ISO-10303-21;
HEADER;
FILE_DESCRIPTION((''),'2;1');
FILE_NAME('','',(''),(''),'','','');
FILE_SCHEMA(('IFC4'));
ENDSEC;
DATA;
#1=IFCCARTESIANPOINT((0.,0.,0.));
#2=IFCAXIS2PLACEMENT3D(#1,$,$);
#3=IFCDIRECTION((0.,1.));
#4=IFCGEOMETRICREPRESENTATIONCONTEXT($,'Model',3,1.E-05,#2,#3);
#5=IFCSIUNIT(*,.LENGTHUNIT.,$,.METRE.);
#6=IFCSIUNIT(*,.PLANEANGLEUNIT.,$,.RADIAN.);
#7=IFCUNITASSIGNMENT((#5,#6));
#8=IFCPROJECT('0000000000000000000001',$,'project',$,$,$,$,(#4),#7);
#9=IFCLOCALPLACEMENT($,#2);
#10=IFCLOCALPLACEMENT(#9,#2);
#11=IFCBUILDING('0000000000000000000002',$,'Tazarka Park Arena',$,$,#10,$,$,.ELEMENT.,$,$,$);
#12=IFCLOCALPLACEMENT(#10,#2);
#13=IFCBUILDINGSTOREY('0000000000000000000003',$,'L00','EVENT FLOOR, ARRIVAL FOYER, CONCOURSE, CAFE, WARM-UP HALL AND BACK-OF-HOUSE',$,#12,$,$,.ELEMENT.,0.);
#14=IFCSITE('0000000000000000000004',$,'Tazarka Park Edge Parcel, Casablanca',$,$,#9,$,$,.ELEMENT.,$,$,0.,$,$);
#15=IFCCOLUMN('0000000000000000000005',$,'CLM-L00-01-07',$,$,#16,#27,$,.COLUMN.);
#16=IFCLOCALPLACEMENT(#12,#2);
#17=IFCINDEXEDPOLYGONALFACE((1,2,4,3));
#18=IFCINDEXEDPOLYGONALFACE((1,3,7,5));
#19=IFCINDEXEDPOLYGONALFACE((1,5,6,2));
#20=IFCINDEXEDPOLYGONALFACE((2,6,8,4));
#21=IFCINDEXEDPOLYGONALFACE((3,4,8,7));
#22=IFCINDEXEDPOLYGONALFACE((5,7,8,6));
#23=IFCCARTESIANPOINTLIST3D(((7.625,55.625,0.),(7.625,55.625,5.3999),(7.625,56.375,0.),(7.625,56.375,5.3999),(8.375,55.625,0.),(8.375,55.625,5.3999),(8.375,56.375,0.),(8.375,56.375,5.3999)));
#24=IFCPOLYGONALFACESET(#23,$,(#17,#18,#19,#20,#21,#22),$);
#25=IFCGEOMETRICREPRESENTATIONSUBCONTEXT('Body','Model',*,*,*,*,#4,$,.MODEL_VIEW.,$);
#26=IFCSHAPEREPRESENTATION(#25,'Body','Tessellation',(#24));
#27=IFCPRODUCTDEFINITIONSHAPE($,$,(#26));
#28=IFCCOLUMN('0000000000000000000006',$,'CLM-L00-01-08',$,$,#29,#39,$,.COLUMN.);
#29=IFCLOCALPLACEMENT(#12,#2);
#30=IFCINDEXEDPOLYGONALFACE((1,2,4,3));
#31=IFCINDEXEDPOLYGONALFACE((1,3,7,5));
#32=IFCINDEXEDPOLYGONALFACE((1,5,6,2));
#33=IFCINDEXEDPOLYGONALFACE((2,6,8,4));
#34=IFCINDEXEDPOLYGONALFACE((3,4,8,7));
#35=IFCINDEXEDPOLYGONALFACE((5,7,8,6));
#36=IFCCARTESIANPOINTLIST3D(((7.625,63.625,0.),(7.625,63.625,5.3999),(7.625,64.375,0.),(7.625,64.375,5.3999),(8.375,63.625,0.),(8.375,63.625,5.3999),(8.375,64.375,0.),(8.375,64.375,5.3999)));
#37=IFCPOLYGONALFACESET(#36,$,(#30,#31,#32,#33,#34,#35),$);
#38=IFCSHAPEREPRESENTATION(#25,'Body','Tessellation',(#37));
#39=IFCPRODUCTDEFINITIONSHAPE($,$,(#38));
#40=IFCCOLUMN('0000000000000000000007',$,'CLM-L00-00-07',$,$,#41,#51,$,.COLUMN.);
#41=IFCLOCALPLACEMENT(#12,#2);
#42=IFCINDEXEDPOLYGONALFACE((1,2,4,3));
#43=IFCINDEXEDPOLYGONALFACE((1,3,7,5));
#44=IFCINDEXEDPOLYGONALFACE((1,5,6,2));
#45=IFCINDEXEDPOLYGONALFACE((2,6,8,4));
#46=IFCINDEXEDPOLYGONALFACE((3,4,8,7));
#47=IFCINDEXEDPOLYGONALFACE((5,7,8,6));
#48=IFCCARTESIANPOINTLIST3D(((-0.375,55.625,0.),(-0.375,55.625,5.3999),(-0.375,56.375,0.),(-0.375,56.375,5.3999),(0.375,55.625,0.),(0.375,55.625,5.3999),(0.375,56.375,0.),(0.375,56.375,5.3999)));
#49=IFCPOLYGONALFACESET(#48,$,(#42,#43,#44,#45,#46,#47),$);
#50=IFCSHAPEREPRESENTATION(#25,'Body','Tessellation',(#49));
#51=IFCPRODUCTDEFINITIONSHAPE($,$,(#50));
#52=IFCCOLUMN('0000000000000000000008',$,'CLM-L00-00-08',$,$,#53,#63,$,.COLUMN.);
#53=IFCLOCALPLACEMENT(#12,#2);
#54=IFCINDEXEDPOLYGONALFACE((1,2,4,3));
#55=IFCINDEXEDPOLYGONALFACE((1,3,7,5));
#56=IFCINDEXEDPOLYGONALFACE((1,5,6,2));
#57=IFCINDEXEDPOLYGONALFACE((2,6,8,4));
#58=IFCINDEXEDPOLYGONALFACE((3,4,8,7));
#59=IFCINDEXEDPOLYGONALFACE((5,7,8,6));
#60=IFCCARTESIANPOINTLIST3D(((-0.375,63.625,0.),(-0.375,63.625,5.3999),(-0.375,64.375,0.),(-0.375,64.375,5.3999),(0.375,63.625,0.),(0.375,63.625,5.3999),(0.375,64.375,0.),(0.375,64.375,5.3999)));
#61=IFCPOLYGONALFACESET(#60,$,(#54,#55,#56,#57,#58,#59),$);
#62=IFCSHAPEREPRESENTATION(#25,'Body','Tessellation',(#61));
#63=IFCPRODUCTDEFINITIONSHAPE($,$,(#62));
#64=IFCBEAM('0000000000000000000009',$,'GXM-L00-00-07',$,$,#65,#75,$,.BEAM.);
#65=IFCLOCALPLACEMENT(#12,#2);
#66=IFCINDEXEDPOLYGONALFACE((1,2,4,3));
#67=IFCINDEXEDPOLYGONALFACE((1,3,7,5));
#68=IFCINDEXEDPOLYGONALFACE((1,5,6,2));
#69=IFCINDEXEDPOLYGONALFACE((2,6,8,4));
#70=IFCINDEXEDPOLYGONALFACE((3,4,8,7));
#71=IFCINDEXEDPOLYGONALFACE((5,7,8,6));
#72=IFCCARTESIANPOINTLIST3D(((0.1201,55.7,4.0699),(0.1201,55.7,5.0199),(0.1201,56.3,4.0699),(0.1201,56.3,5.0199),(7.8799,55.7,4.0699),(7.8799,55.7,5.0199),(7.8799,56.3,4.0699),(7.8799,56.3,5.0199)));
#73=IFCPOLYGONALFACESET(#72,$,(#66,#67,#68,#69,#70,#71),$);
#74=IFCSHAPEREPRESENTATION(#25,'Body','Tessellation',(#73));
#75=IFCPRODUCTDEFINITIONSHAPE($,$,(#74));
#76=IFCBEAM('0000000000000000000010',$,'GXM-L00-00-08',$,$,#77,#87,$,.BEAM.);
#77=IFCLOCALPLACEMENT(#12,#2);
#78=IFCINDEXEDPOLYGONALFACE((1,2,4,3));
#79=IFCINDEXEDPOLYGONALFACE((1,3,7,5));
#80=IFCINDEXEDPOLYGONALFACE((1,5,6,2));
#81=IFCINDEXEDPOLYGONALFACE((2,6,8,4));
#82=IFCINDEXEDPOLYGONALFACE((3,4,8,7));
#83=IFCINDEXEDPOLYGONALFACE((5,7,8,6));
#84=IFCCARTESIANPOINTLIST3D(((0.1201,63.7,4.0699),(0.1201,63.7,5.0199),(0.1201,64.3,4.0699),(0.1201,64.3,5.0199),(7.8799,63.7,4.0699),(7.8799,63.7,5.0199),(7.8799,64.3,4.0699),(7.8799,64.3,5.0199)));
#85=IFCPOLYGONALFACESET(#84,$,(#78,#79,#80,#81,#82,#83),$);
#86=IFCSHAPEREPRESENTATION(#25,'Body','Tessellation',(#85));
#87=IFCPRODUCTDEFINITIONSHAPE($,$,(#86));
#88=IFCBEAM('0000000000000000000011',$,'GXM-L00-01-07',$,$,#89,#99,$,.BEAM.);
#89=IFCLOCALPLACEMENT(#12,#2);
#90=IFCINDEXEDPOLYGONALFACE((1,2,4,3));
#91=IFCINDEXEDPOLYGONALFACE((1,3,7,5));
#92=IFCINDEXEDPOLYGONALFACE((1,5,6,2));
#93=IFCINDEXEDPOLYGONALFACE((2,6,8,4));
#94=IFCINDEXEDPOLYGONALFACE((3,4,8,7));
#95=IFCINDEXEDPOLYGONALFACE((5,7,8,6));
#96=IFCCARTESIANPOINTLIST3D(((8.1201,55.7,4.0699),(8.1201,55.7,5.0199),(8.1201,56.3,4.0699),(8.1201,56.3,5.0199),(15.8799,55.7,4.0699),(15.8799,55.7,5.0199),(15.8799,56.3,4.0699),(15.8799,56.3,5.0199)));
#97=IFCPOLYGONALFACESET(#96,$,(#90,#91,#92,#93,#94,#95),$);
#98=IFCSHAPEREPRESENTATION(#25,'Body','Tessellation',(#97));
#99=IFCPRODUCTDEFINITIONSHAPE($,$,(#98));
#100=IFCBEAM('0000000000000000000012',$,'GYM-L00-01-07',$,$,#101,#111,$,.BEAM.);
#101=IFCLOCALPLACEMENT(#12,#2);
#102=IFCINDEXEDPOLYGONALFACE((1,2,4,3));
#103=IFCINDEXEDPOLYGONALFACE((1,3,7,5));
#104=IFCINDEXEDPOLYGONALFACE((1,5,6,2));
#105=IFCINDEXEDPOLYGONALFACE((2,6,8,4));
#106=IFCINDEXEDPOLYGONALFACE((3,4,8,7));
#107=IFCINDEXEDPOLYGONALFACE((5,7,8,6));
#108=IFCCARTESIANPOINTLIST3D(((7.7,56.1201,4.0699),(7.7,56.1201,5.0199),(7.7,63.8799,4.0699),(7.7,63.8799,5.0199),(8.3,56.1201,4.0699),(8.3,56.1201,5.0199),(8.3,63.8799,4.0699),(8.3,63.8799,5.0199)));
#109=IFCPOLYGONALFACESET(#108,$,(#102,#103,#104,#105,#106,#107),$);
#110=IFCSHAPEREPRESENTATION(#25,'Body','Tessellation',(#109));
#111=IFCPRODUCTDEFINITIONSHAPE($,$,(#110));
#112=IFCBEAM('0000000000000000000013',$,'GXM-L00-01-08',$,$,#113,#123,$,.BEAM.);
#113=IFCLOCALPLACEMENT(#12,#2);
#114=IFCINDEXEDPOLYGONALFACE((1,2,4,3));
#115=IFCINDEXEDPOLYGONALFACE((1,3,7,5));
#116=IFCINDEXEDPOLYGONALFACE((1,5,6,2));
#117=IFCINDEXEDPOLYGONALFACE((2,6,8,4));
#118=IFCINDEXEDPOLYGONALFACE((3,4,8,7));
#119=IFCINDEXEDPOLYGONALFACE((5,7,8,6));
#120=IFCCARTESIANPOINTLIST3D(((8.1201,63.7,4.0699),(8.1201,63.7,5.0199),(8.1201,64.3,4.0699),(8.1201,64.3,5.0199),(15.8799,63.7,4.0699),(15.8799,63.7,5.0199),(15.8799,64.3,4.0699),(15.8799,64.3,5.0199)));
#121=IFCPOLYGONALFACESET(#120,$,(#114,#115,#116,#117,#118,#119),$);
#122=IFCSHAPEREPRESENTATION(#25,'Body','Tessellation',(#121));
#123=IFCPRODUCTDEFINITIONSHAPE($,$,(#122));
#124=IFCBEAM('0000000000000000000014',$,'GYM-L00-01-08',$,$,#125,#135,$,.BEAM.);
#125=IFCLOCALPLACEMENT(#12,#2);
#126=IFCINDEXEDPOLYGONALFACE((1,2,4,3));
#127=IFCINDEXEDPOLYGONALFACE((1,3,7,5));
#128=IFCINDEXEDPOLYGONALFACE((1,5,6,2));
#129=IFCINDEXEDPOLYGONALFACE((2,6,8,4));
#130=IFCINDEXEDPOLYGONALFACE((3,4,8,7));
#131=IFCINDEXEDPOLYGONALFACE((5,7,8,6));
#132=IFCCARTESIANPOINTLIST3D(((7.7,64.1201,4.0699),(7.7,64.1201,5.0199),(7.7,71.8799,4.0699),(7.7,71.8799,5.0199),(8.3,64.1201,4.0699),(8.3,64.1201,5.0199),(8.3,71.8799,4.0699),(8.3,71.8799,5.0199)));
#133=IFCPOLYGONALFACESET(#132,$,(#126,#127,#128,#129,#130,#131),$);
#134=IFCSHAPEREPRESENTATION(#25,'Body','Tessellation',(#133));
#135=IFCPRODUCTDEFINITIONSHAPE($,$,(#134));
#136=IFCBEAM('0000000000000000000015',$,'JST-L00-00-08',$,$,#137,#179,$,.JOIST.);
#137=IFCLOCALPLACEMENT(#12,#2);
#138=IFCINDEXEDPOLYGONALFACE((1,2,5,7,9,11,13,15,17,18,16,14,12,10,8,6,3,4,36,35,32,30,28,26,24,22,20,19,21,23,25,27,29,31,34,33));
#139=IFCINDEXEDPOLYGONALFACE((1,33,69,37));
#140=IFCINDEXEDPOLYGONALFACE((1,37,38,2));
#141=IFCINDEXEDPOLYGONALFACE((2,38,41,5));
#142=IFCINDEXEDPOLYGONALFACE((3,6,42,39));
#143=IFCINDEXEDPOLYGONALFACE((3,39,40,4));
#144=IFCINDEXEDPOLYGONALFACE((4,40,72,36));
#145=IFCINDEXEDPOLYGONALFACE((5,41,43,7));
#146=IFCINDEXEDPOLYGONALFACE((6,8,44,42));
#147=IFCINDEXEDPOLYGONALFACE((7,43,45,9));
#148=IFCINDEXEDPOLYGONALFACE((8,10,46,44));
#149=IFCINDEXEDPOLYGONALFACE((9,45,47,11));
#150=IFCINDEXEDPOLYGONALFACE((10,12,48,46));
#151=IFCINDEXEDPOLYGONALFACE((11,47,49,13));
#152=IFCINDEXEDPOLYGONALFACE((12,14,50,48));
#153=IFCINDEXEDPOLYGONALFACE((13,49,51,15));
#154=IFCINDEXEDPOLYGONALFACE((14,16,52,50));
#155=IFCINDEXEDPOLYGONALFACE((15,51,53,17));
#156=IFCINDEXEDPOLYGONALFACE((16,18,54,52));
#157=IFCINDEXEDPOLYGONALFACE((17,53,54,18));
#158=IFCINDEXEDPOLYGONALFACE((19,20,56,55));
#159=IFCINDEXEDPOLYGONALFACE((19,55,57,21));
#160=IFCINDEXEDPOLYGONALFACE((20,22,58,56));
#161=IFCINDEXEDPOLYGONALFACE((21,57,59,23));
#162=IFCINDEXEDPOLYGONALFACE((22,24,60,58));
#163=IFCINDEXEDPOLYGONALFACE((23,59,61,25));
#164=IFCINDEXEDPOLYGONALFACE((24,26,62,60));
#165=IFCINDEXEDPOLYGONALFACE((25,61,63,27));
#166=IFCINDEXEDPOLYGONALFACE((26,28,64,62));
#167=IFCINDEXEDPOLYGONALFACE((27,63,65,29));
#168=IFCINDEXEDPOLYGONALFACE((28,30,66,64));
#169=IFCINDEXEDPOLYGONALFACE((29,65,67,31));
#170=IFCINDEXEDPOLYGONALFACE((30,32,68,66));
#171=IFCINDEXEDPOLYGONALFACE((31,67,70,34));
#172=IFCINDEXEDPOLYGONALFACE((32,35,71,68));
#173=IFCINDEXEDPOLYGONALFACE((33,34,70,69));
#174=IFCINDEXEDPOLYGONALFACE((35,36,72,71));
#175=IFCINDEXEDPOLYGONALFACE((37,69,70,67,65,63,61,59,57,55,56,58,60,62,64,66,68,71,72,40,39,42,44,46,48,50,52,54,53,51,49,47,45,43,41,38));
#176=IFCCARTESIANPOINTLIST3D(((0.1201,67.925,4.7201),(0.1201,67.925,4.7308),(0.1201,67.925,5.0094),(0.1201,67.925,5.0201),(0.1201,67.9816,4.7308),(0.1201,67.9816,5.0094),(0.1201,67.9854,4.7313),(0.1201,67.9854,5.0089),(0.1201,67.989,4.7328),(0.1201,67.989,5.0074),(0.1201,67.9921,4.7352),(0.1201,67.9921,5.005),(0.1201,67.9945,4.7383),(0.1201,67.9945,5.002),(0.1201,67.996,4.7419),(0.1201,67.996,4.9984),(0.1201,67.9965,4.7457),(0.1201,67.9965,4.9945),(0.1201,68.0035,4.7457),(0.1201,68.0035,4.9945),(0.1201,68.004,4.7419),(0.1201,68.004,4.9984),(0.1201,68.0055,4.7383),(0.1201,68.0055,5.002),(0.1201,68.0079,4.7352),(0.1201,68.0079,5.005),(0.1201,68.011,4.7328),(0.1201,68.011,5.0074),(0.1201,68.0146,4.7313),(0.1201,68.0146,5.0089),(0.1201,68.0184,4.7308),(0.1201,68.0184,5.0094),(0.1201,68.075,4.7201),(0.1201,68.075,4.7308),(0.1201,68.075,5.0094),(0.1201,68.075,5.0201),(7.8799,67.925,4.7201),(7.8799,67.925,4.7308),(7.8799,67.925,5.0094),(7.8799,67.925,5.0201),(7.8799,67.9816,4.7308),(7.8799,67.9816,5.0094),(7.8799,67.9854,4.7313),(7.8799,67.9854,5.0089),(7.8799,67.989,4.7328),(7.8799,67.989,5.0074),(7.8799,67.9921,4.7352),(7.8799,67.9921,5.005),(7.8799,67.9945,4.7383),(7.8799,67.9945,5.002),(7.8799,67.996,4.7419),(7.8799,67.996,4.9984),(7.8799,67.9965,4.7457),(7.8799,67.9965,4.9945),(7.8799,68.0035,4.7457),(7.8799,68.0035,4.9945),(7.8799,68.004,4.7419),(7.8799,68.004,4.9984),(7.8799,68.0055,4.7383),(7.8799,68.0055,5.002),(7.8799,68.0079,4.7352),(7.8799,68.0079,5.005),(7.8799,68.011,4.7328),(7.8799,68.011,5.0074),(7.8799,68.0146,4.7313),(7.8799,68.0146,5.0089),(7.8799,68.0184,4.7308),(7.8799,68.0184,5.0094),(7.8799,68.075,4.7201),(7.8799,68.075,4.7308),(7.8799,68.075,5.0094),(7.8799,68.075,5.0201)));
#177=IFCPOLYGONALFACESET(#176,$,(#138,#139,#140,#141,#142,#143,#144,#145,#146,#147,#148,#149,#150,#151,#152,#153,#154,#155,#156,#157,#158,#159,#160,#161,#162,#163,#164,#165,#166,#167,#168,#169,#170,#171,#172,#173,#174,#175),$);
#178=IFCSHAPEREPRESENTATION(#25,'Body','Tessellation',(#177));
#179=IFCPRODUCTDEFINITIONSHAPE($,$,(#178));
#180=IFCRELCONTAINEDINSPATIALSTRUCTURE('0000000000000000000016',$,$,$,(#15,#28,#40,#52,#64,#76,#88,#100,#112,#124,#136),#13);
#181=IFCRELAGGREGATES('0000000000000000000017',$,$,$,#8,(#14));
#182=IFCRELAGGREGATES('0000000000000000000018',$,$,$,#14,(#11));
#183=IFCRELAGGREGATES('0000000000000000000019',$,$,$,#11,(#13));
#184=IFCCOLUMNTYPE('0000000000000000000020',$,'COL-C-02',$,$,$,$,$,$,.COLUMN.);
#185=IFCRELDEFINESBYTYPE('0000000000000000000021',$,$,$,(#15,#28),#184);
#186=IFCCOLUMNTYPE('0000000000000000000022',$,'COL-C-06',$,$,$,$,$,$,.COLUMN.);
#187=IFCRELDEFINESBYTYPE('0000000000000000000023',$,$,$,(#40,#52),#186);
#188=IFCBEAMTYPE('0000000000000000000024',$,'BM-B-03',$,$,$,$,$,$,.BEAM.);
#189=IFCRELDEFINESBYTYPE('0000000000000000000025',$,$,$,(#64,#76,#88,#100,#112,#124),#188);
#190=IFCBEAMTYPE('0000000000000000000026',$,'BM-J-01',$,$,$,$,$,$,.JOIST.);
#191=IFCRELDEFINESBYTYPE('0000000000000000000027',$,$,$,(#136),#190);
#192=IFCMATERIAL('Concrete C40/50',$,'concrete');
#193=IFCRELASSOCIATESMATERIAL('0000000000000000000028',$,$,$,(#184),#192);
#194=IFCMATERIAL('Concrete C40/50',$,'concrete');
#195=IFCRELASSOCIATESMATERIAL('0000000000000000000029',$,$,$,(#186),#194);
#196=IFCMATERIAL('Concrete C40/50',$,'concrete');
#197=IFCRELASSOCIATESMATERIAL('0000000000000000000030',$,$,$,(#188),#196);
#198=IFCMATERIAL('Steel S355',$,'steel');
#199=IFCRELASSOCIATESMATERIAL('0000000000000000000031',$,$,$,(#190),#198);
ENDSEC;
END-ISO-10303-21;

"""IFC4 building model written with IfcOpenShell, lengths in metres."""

from ifc_helpers import new_model, si_unit, direction, frame, origin, origin_2d, place, context, subcontext, project, spatial, rectangle, i_section, extrude, material, material_profile, profile_set, type_object, element, save


model = new_model("IFC4")

# Units and contexts
model_context = context("Model", 3, precision=1e-05, world=origin(), true_north=direction((0.0, 1.0)))
body_context = subcontext(model_context, "Body", "Model", "MODEL_VIEW")
ifc_project = project(units=[si_unit("LENGTHUNIT", "METRE"), si_unit("PLANEANGLEUNIT", "RADIAN")], contexts=[model_context])

# Site, building, storey
site_placement = place(None, origin())
site = spatial("IfcSite", under=ifc_project, at=site_placement, Name="Tazarka Park Edge Parcel, Casablanca", CompositionType="ELEMENT", RefElevation=0.0)
building_placement = place(site_placement, origin())
building = spatial("IfcBuilding", under=site, at=building_placement, Name="Tazarka Park Arena", CompositionType="ELEMENT")
storey_placement = place(building_placement, origin())
storey = spatial("IfcBuildingStorey", under=building, at=storey_placement, Name="L00", Description="EVENT FLOOR, ARRIVAL FOYER, CONCOURSE, CAFE, WARM-UP HALL AND BACK-OF-HOUSE", CompositionType="ELEMENT", Elevation=0.0)

# Columns
ifc_material_1 = material(Name="Concrete C40/50", Category="concrete")
ifc_material_profile_1 = material_profile(ifc_material_1, rectangle(XDim=0.75, YDim=0.75, at=origin_2d()), Name="Concrete C40/50")
ifc_profile_set_1 = profile_set([ifc_material_profile_1], Name="Concrete C40/50")
column_type_1 = type_object("IfcColumnType", Name="COL-C-02", PredefinedType="COLUMN", material=ifc_profile_set_1)
for number, where, z_axis, x_axis, name in (
    (1, (8.0, 56.0, 0.0), (0.0, 0.0, 1.0), (1.0, 0.0, 0.0), "CLM-L00-01-07"),
    (2, (8.0, 64.0, 0.0), (0.0, 0.0, 1.0), (1.0, 0.0, 0.0), "CLM-L00-01-08"),
):
    element("IfcColumn", number, at=place(storey_placement, frame(where, z_axis=z_axis, x_axis=x_axis)), inside=storey, type_object=column_type_1, Name=name, PredefinedType="COLUMN", context=body_context, shape_type="SweptSolid", body=[
        extrude(rectangle(XDim=0.75, YDim=0.75, at=origin_2d()), origin(), (0.0, 0.0, 1.0), 5.3999),
    ])
ifc_material_2 = material(Name="Concrete C40/50", Category="concrete")
ifc_material_profile_2 = material_profile(ifc_material_2, rectangle(XDim=0.75, YDim=0.75, at=origin_2d()), Name="Concrete C40/50")
ifc_profile_set_2 = profile_set([ifc_material_profile_2], Name="Concrete C40/50")
column_type_2 = type_object("IfcColumnType", Name="COL-C-06", PredefinedType="COLUMN", material=ifc_profile_set_2)
for number, where, z_axis, x_axis, name in (
    (3, (0.0, 56.0, 0.0), (0.0, 0.0, 1.0), (1.0, 0.0, 0.0), "CLM-L00-00-07"),
    (4, (0.0, 64.0, 0.0), (0.0, 0.0, 1.0), (1.0, 0.0, 0.0), "CLM-L00-00-08"),
):
    element("IfcColumn", number, at=place(storey_placement, frame(where, z_axis=z_axis, x_axis=x_axis)), inside=storey, type_object=column_type_2, Name=name, PredefinedType="COLUMN", context=body_context, shape_type="SweptSolid", body=[
        extrude(rectangle(XDim=0.75, YDim=0.75, at=origin_2d()), origin(), (0.0, 0.0, 1.0), 5.3999),
    ])

# Beams
ifc_material_3 = material(Name="Concrete C40/50", Category="concrete")
ifc_material_profile_3 = material_profile(ifc_material_3, rectangle(XDim=0.6001, YDim=0.95, at=origin_2d()), Name="Concrete C40/50")
ifc_profile_set_3 = profile_set([ifc_material_profile_3], Name="Concrete C40/50")
beam_type_1 = type_object("IfcBeamType", Name="BM-B-03", PredefinedType="BEAM", material=ifc_profile_set_3)
for number, where, z_axis, x_axis, name in (
    (5, (0.1201, 56.0, 4.5449), (1.0, 0.0, 0.0), (0.0, 1.0, 0.0), "GXM-L00-00-07"),
    (6, (0.1201, 64.0, 4.5449), (1.0, 0.0, 0.0), (0.0, 1.0, 0.0), "GXM-L00-00-08"),
    (7, (8.1201, 56.0, 4.5449), (1.0, 0.0, 0.0), (0.0, 1.0, 0.0), "GXM-L00-01-07"),
    (8, (8.0, 56.1201, 4.5449), (0.0, 1.0, 0.0), (-1.0, 0.0, 0.0), "GYM-L00-01-07"),
    (9, (8.1201, 64.0, 4.5449), (1.0, 0.0, 0.0), (0.0, 1.0, 0.0), "GXM-L00-01-08"),
    (10, (8.0, 64.1201, 4.5449), (0.0, 1.0, 0.0), (-1.0, 0.0, 0.0), "GYM-L00-01-08"),
):
    element("IfcBeam", number, at=place(storey_placement, frame(where, z_axis=z_axis, x_axis=x_axis)), inside=storey, type_object=beam_type_1, Name=name, PredefinedType="BEAM", context=body_context, shape_type="SweptSolid", body=[
        extrude(rectangle(XDim=0.6001, YDim=0.95, at=origin_2d()), origin(), (0.0, 0.0, 1.0), 7.7598),
    ])
ifc_material_4 = material(Name="Steel S355", Category="steel")
ifc_material_profile_4 = material_profile(ifc_material_4, i_section(OverallWidth=0.1499, OverallDepth=0.3, WebThickness=0.0071, FlangeThickness=0.0107, FilletRadius=0.0149, at=origin_2d()), Name="Steel S355")
ifc_profile_set_4 = profile_set([ifc_material_profile_4], Name="Steel S355")
beam_type_2 = type_object("IfcBeamType", Name="BM-J-01", PredefinedType="JOIST", material=ifc_profile_set_4)
beam_placement = place(storey_placement, frame((0.1201, 68.0, 4.8701), z_axis=(1.0, 0.0, 0.0), x_axis=(0.0, 1.0, 0.0)))
element("IfcBeam", 11, at=beam_placement, inside=storey, type_object=beam_type_2, Name="JST-L00-00-08", PredefinedType="JOIST", context=body_context, shape_type="SweptSolid", body=[
    extrude(i_section(OverallWidth=0.1499, OverallDepth=0.3, WebThickness=0.0071, FlangeThickness=0.0107, FilletRadius=0.0149, at=origin_2d()), origin(), (0.0, 0.0, 1.0), 7.7598),
])

save(model, "model.ifc")
